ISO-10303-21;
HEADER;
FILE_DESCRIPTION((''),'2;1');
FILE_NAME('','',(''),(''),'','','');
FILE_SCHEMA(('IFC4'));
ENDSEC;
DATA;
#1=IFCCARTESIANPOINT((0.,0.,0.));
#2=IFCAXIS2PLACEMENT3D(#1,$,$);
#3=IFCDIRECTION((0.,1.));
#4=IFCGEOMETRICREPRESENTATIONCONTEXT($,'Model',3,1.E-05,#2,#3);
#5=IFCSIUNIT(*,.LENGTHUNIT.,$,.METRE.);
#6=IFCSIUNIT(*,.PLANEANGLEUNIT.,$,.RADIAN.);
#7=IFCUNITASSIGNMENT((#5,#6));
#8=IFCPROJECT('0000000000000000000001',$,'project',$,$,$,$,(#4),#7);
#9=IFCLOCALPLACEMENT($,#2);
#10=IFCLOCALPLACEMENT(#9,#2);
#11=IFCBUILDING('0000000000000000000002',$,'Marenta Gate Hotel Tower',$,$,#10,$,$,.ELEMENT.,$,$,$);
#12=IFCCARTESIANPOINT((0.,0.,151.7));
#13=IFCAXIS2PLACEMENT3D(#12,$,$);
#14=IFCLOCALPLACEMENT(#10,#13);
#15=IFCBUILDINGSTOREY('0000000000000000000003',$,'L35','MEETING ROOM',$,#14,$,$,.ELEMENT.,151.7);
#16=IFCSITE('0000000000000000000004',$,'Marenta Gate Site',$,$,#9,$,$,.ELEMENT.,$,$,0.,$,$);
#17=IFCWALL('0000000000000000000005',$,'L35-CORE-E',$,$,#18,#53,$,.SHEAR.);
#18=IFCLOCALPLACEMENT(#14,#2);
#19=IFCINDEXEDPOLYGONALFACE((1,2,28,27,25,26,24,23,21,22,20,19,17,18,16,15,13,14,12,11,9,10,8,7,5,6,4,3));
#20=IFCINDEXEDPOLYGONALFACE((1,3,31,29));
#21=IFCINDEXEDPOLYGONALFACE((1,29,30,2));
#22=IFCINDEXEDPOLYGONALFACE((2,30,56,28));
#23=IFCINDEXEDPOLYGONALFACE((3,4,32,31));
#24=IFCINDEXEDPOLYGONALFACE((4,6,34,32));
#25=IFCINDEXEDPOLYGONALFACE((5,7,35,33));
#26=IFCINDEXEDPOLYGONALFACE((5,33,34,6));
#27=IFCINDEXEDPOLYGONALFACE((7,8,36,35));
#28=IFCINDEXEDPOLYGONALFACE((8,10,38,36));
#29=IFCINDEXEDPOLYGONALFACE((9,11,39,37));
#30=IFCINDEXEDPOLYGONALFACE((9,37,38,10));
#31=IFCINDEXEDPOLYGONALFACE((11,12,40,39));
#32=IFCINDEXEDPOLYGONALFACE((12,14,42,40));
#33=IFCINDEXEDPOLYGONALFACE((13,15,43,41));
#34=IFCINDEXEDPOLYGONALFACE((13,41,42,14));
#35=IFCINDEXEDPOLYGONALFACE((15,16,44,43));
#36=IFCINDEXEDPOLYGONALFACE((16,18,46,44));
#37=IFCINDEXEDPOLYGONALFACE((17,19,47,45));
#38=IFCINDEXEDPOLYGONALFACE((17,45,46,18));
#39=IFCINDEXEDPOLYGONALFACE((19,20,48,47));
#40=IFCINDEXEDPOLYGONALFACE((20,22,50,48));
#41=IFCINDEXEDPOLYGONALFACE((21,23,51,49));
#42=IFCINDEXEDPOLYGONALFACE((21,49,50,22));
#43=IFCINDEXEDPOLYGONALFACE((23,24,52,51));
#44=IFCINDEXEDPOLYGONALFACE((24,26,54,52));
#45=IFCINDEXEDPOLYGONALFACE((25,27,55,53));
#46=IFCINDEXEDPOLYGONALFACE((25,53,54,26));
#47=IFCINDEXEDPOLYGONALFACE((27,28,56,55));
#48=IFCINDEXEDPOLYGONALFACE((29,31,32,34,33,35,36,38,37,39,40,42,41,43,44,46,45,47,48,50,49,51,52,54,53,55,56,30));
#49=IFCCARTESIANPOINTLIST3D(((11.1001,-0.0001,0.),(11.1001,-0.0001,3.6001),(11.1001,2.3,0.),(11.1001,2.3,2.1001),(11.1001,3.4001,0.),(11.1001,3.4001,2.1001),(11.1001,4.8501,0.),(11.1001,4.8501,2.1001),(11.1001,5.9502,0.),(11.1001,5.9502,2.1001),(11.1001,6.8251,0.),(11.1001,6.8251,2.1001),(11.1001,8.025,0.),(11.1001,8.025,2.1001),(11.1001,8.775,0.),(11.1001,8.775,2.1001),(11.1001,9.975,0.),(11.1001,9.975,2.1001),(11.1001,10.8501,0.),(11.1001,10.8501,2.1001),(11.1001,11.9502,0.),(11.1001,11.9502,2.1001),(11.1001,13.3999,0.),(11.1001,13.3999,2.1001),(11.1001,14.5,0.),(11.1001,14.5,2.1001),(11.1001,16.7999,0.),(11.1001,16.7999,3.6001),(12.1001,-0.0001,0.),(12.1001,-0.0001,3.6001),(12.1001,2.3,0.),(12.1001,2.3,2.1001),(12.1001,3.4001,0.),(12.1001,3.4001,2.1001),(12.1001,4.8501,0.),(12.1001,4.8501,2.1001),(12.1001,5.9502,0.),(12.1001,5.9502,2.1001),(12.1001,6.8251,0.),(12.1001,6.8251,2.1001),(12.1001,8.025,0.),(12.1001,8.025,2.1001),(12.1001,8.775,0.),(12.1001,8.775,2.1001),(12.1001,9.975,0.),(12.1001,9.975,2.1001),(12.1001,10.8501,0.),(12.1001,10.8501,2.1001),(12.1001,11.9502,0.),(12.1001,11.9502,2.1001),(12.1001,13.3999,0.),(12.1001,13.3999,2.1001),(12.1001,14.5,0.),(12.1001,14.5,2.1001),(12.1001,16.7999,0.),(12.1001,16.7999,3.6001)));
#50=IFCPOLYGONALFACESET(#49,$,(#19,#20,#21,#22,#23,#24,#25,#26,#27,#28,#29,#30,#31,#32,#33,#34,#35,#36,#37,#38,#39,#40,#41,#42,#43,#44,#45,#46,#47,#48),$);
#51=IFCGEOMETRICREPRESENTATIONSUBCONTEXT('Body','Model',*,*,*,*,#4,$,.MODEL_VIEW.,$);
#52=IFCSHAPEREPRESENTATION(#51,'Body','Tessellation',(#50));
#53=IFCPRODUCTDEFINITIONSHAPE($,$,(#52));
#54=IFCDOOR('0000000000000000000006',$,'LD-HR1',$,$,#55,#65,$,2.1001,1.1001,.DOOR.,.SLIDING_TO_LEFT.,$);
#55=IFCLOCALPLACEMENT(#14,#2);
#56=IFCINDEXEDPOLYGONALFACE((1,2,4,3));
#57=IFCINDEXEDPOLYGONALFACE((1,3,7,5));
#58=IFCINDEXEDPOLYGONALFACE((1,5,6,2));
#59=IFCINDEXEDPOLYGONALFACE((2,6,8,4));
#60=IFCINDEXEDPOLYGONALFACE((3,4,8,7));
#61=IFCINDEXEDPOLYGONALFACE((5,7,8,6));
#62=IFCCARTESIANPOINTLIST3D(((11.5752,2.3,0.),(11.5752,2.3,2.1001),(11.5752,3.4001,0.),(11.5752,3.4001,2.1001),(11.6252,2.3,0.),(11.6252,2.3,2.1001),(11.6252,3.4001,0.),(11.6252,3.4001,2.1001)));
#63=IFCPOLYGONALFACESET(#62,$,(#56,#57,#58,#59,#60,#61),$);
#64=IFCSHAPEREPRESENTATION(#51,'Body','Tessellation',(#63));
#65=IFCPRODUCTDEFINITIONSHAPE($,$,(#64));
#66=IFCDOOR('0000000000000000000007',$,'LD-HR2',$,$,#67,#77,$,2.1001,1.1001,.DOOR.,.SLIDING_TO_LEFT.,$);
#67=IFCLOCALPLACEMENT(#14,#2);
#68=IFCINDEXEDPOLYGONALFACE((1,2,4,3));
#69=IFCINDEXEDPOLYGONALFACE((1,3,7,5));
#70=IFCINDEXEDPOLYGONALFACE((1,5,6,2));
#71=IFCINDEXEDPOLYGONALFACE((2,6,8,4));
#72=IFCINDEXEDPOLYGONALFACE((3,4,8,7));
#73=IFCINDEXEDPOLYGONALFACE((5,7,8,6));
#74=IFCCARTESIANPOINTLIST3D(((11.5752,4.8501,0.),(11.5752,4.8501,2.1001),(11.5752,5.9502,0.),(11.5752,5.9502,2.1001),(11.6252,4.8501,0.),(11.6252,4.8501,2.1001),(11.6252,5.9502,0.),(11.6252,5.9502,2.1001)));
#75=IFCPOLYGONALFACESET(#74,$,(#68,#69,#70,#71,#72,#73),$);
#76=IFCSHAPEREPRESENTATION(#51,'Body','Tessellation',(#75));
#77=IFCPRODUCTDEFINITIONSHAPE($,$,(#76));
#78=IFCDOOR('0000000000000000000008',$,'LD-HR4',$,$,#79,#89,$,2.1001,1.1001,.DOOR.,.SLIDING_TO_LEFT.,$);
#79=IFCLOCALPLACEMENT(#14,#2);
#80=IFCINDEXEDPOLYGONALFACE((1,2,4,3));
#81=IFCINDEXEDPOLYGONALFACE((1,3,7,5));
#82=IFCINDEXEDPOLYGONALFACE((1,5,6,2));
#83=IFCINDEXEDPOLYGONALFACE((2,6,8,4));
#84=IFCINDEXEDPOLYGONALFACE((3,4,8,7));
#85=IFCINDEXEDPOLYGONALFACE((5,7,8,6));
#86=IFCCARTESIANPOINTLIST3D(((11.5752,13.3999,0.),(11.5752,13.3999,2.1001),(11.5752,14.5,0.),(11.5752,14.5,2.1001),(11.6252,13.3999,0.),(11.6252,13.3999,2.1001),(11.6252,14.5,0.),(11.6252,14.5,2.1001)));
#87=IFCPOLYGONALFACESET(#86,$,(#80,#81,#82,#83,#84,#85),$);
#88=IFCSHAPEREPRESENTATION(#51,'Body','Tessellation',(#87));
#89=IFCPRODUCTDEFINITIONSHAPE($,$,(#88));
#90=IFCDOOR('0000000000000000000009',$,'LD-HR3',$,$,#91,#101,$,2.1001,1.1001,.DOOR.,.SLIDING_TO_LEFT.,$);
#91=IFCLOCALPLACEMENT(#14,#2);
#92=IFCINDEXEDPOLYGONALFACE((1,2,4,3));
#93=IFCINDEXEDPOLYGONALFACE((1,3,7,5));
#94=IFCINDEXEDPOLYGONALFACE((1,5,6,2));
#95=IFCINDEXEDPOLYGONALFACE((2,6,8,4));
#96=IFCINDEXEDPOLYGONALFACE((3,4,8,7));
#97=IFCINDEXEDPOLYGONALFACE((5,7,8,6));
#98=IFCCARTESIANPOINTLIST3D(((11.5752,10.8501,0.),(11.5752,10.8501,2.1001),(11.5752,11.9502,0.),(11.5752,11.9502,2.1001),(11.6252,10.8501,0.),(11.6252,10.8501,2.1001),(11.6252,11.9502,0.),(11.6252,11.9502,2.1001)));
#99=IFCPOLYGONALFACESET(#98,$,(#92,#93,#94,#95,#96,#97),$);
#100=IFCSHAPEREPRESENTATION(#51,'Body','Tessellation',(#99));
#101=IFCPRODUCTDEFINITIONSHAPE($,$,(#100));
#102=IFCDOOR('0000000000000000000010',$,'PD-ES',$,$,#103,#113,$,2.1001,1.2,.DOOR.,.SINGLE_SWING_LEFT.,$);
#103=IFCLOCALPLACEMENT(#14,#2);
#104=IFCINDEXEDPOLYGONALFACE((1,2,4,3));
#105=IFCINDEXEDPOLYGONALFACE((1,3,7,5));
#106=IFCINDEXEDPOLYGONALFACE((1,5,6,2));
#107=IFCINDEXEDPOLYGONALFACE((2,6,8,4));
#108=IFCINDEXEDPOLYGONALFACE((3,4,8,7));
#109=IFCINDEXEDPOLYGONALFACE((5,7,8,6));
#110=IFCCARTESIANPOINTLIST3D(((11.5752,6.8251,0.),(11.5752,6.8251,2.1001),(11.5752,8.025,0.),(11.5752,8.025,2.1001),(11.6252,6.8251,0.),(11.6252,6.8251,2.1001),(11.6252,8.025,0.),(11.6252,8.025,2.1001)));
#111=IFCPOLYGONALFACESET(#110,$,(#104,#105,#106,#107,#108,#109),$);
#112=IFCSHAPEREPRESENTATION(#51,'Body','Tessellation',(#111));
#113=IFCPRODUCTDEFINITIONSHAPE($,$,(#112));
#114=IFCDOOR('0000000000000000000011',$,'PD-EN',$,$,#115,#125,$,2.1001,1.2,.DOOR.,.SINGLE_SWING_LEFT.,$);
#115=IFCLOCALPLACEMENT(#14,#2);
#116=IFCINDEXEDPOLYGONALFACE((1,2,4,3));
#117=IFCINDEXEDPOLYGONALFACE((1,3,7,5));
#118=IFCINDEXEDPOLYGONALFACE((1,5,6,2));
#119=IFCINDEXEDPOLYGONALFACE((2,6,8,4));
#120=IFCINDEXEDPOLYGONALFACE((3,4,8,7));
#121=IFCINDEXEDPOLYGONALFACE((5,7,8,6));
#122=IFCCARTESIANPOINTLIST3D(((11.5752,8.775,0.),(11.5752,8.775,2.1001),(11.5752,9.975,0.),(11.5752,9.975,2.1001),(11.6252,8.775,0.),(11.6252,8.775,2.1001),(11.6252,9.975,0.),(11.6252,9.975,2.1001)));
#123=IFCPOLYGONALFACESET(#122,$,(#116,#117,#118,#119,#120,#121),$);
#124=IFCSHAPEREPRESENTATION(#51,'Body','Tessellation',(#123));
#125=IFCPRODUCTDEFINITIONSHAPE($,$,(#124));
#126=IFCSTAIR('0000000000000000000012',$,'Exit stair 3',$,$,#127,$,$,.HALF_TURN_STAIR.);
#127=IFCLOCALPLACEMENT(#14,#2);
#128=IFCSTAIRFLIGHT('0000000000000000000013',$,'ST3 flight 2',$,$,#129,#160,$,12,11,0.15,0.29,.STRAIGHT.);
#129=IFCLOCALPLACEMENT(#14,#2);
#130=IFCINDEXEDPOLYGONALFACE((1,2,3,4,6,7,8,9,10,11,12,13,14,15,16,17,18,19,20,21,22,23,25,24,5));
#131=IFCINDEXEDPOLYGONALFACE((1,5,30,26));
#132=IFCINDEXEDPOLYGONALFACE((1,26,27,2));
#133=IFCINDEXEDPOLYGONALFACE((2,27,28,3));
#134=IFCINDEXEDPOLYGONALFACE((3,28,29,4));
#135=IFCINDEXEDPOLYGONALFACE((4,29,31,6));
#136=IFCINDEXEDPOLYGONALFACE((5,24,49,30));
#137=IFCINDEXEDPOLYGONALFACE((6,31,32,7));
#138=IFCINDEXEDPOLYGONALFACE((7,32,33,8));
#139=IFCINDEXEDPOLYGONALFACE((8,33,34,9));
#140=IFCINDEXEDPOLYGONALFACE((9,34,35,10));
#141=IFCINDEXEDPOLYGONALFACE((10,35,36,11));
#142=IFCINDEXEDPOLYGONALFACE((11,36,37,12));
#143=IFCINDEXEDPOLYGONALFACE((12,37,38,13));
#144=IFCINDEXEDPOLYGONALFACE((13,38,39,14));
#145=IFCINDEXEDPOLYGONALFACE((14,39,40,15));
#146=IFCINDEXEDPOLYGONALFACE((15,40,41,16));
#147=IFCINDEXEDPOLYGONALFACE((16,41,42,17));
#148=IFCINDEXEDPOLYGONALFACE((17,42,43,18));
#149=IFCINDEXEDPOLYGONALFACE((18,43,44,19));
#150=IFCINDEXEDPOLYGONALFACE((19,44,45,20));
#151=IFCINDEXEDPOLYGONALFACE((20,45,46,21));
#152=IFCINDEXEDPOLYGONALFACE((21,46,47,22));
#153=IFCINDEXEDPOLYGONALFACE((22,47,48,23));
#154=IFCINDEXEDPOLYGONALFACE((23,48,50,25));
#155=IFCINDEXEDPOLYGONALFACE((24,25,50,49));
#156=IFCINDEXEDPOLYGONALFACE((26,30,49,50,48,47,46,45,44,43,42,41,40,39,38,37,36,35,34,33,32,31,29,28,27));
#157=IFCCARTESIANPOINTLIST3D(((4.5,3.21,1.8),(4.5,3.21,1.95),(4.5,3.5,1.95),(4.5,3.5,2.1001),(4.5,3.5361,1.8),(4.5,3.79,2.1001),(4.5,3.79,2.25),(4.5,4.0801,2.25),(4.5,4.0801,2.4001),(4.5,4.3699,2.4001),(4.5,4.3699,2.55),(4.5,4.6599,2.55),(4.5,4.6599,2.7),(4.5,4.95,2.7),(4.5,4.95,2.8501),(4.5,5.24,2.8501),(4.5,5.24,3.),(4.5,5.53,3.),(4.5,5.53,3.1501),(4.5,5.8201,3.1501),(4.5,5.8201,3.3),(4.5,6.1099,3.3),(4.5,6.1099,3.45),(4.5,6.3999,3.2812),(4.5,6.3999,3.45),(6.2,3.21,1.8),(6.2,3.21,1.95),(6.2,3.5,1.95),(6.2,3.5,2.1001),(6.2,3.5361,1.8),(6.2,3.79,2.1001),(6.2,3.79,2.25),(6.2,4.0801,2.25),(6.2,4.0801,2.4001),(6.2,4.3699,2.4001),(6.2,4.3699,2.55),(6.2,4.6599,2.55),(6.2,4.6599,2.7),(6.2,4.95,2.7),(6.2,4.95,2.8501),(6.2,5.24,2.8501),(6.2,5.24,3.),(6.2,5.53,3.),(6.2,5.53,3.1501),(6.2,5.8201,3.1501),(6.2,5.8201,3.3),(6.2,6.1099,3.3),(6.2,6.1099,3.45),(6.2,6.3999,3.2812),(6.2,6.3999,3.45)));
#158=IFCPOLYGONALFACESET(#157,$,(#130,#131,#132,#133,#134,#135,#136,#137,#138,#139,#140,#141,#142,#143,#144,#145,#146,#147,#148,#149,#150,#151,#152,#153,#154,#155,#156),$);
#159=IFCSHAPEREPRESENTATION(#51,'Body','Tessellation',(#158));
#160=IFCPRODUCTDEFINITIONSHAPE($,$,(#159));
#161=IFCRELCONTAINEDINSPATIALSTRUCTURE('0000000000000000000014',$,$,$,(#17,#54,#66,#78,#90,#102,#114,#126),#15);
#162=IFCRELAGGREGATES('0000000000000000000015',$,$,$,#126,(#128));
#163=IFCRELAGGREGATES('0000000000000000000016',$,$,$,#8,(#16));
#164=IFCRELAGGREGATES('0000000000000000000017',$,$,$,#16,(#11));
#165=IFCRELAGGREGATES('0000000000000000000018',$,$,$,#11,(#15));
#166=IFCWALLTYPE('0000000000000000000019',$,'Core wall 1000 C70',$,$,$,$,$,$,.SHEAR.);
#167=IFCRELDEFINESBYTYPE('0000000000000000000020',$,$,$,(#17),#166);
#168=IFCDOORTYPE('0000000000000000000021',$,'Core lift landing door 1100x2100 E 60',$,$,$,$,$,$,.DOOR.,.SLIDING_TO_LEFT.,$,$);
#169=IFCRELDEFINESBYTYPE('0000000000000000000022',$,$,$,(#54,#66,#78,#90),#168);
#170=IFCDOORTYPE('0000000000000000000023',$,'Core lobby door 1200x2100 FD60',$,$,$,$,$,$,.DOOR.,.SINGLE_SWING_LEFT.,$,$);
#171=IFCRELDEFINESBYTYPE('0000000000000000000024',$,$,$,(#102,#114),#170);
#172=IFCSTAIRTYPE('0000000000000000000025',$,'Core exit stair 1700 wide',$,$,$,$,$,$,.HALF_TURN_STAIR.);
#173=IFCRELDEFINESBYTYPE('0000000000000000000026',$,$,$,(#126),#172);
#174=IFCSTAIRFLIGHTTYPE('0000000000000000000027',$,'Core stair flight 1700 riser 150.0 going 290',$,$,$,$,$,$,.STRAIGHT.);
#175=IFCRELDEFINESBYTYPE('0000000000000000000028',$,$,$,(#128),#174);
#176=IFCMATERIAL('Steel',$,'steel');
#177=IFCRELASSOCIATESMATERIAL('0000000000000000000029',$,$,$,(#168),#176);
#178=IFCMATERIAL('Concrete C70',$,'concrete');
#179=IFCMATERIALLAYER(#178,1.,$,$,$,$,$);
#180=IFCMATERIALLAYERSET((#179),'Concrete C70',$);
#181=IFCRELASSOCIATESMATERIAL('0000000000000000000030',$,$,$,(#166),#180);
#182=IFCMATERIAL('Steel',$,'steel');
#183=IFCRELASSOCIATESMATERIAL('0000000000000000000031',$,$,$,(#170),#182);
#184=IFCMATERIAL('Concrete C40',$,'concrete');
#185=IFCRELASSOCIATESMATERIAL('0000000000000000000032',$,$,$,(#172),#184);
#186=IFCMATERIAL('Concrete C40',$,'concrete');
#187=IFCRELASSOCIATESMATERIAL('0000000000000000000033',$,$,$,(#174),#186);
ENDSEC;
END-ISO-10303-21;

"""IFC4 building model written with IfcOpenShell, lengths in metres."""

from ifc_helpers import new_model, si_unit, direction, frame, frame_2d, origin, place, context, subcontext, project, spatial, polyline, rectangle, outline, extrude, material, layer, layer_set, type_object, element, fill, aggregate, save


model = new_model("IFC4")

# Units and contexts
model_context = context("Model", 3, precision=1e-05, world=origin(), true_north=direction((0.0, 1.0)))
body_context = subcontext(model_context, "Body", "Model", "MODEL_VIEW")
ifc_project = project(units=[si_unit("LENGTHUNIT", "METRE"), si_unit("PLANEANGLEUNIT", "RADIAN")], contexts=[model_context])

# Site, building, storey
site_placement = place(None, origin())
site = spatial("IfcSite", under=ifc_project, at=site_placement, Name="Marenta Gate Site", CompositionType="ELEMENT", RefElevation=0.0)
building_placement = place(site_placement, origin())
building = spatial("IfcBuilding", under=site, at=building_placement, Name="Marenta Gate Hotel Tower", CompositionType="ELEMENT")
storey_placement = place(building_placement, frame((0.0, 0.0, 151.7)))
storey = spatial("IfcBuildingStorey", under=building, at=storey_placement, Name="L35", Description="MEETING ROOM", CompositionType="ELEMENT", Elevation=151.7)

# Shared definitions
ifc_material_1 = material(Name="Steel", Category="steel")
door_type_1 = type_object("IfcDoorType", Name="Core lift landing door 1100x2100 E 60", OperationType="SLIDING_TO_LEFT", PredefinedType="DOOR", material=ifc_material_1)

# Wall, openings, doors
ifc_material_2 = material(Name="Concrete C70", Category="concrete")
ifc_layer_1 = layer(ifc_material_2, 1.0)
ifc_layer_set_1 = layer_set([ifc_layer_1], Name="Concrete C70")
wall_type_1 = type_object("IfcWallType", Name="Core wall 1000 C70", PredefinedType="SHEAR", material=ifc_layer_set_1)
wall_1_placement = place(storey_placement, frame((11.6001, 0.0, 0.0), z_axis=(0.0, 0.0, 1.0), x_axis=(0.0, 1.0, 0.0)))
wall_1 = element("IfcWall", 1, at=wall_1_placement, inside=storey, type_object=wall_type_1, Name="L35-CORE-E", PredefinedType="SHEAR", context=body_context, shape_type="SweptSolid", body=[
    extrude(rectangle(XDim=16.8, YDim=1.0, at=frame_2d((8.3999, 0.0))), origin(), (0.0, 0.0, 1.0), 3.6001),
])
opening_1_placement = place(wall_1_placement, frame((2.3, 0.0, 0.0)))
opening_1 = element("IfcOpeningElement", 2, at=opening_1_placement, cuts=wall_1, PredefinedType="OPENING", context=body_context, shape_type="SweptSolid", body=[
    extrude(rectangle(XDim=1.1001, YDim=2.1001, at=frame_2d((0.55, 1.05))), frame((0.0, 0.5, 0.0), z_axis=(0.0, -1.0, 0.0), x_axis=(1.0, 0.0, 0.0)), (0.0, 0.0, 1.0), 1.0),
])
opening_2_placement = place(wall_1_placement, frame((4.8501, 0.0, 0.0)))
opening_2 = element("IfcOpeningElement", 3, at=opening_2_placement, cuts=wall_1, PredefinedType="OPENING", context=body_context, shape_type="SweptSolid", body=[
    extrude(rectangle(XDim=1.1001, YDim=2.1001, at=frame_2d((0.55, 1.05))), frame((0.0, 0.5, 0.0), z_axis=(0.0, -1.0, 0.0), x_axis=(1.0, 0.0, 0.0)), (0.0, 0.0, 1.0), 1.0),
])
opening_3_placement = place(wall_1_placement, frame((6.825, 0.0, 0.0)))
opening_3 = element("IfcOpeningElement", 4, at=opening_3_placement, cuts=wall_1, PredefinedType="OPENING", context=body_context, shape_type="SweptSolid", body=[
    extrude(rectangle(XDim=1.2, YDim=2.1001, at=frame_2d((0.6001, 1.05))), frame((0.0, 0.5, 0.0), z_axis=(0.0, -1.0, 0.0), x_axis=(1.0, 0.0, 0.0)), (0.0, 0.0, 1.0), 1.0),
])
opening_4_placement = place(wall_1_placement, frame((13.3999, 0.0, 0.0)))
opening_4 = element("IfcOpeningElement", 5, at=opening_4_placement, cuts=wall_1, PredefinedType="OPENING", context=body_context, shape_type="SweptSolid", body=[
    extrude(rectangle(XDim=1.1001, YDim=2.1001, at=frame_2d((0.55, 1.05))), frame((0.0, 0.5, 0.0), z_axis=(0.0, -1.0, 0.0), x_axis=(1.0, 0.0, 0.0)), (0.0, 0.0, 1.0), 1.0),
])
opening_5_placement = place(wall_1_placement, frame((10.8501, 0.0, 0.0)))
opening_5 = element("IfcOpeningElement", 6, at=opening_5_placement, cuts=wall_1, PredefinedType="OPENING", context=body_context, shape_type="SweptSolid", body=[
    extrude(rectangle(XDim=1.1001, YDim=2.1001, at=frame_2d((0.55, 1.05))), frame((0.0, 0.5, 0.0), z_axis=(0.0, -1.0, 0.0), x_axis=(1.0, 0.0, 0.0)), (0.0, 0.0, 1.0), 1.0),
])
opening_6_placement = place(wall_1_placement, frame((8.7749, 0.0, 0.0)))
opening_6 = element("IfcOpeningElement", 7, at=opening_6_placement, cuts=wall_1, PredefinedType="OPENING", context=body_context, shape_type="SweptSolid", body=[
    extrude(rectangle(XDim=1.2, YDim=2.1001, at=frame_2d((0.6001, 1.05))), frame((0.0, 0.5, 0.0), z_axis=(0.0, -1.0, 0.0), x_axis=(1.0, 0.0, 0.0)), (0.0, 0.0, 1.0), 1.0),
])
door_1_placement = place(opening_1_placement, origin())
door_1 = element("IfcDoor", 8, at=door_1_placement, inside=storey, type_object=door_type_1, Name="LD-HR1", OperationType="SLIDING_TO_LEFT", OverallHeight=2.1001, OverallWidth=1.1001, PredefinedType="DOOR", context=body_context, shape_type="SweptSolid", body=[
    extrude(rectangle(XDim=1.1001, YDim=2.1001, at=frame_2d((0.55, 1.05))), frame((0.0, 0.0249, 0.0), z_axis=(0.0, -1.0, 0.0), x_axis=(1.0, 0.0, 0.0)), (0.0, 0.0, 1.0), 0.05),
])
fill(opening_1, door_1)
door_2_placement = place(opening_2_placement, origin())
door_2 = element("IfcDoor", 9, at=door_2_placement, inside=storey, type_object=door_type_1, Name="LD-HR2", OperationType="SLIDING_TO_LEFT", OverallHeight=2.1001, OverallWidth=1.1001, PredefinedType="DOOR", context=body_context, shape_type="SweptSolid", body=[
    extrude(rectangle(XDim=1.1001, YDim=2.1001, at=frame_2d((0.55, 1.05))), frame((0.0, 0.0249, 0.0), z_axis=(0.0, -1.0, 0.0), x_axis=(1.0, 0.0, 0.0)), (0.0, 0.0, 1.0), 0.05),
])
fill(opening_2, door_2)
door_3_placement = place(opening_4_placement, origin())
door_3 = element("IfcDoor", 10, at=door_3_placement, inside=storey, type_object=door_type_1, Name="LD-HR4", OperationType="SLIDING_TO_LEFT", OverallHeight=2.1001, OverallWidth=1.1001, PredefinedType="DOOR", context=body_context, shape_type="SweptSolid", body=[
    extrude(rectangle(XDim=1.1001, YDim=2.1001, at=frame_2d((0.55, 1.05))), frame((0.0, 0.0249, 0.0), z_axis=(0.0, -1.0, 0.0), x_axis=(1.0, 0.0, 0.0)), (0.0, 0.0, 1.0), 0.05),
])
fill(opening_4, door_3)
door_4_placement = place(opening_5_placement, origin())
door_4 = element("IfcDoor", 11, at=door_4_placement, inside=storey, type_object=door_type_1, Name="LD-HR3", OperationType="SLIDING_TO_LEFT", OverallHeight=2.1001, OverallWidth=1.1001, PredefinedType="DOOR", context=body_context, shape_type="SweptSolid", body=[
    extrude(rectangle(XDim=1.1001, YDim=2.1001, at=frame_2d((0.55, 1.05))), frame((0.0, 0.0249, 0.0), z_axis=(0.0, -1.0, 0.0), x_axis=(1.0, 0.0, 0.0)), (0.0, 0.0, 1.0), 0.05),
])
fill(opening_5, door_4)
ifc_material_3 = material(Name="Steel", Category="steel")
door_type_2 = type_object("IfcDoorType", Name="Core lobby door 1200x2100 FD60", OperationType="SINGLE_SWING_LEFT", PredefinedType="DOOR", material=ifc_material_3)
door_5_placement = place(opening_3_placement, origin())
door_5 = element("IfcDoor", 12, at=door_5_placement, inside=storey, type_object=door_type_2, Name="PD-ES", OperationType="SINGLE_SWING_LEFT", OverallHeight=2.1001, OverallWidth=1.2, PredefinedType="DOOR", context=body_context, shape_type="SweptSolid", body=[
    extrude(rectangle(XDim=1.2, YDim=2.1001, at=frame_2d((0.6001, 1.05))), frame((0.0, 0.0249, 0.0), z_axis=(0.0, -1.0, 0.0), x_axis=(1.0, 0.0, 0.0)), (0.0, 0.0, 1.0), 0.05),
])
fill(opening_3, door_5)
door_6_placement = place(opening_6_placement, origin())
door_6 = element("IfcDoor", 13, at=door_6_placement, inside=storey, type_object=door_type_2, Name="PD-EN", OperationType="SINGLE_SWING_LEFT", OverallHeight=2.1001, OverallWidth=1.2, PredefinedType="DOOR", context=body_context, shape_type="SweptSolid", body=[
    extrude(rectangle(XDim=1.2, YDim=2.1001, at=frame_2d((0.6001, 1.05))), frame((0.0, 0.0249, 0.0), z_axis=(0.0, -1.0, 0.0), x_axis=(1.0, 0.0, 0.0)), (0.0, 0.0, 1.0), 0.05),
])
fill(opening_6, door_6)

# Stair, stair flight
ifc_material_4 = material(Name="Concrete C40", Category="concrete")
stair_type_1 = type_object("IfcStairType", Name="Core exit stair 1700 wide", PredefinedType="HALF_TURN_STAIR", material=ifc_material_4)
stair_1_placement = place(storey_placement, origin())
stair_1 = element("IfcStair", 14, at=stair_1_placement, inside=storey, type_object=stair_type_1, Name="Exit stair 3", PredefinedType="HALF_TURN_STAIR")
ifc_material_5 = material(Name="Concrete C40", Category="concrete")
stair_flight_type = type_object("IfcStairFlightType", Name="Core stair flight 1700 riser 150.0 going 290", PredefinedType="STRAIGHT", material=ifc_material_5)
stair_flight_placement = place(storey_placement, frame((5.3501, 3.21, 1.8), z_axis=(0.0, 0.0, 1.0), x_axis=(0.0, 1.0, 0.0)))
stair_flight = element("IfcStairFlight", 15, at=stair_flight_placement, type_object=stair_flight_type, Name="ST3 flight 2", NumberOfRisers=12, NumberOfTreads=11, PredefinedType="STRAIGHT", RiserHeight=0.15, TreadLength=0.29, context=body_context, shape_type="SweptSolid", body=[
    extrude(outline(polyline([(0.0, 0.0), (0.0, 0.1499), (0.29, 0.1499), (0.29, 0.3), (0.5801, 0.3), (0.5801, 0.45), (0.8701, 0.45), (0.8701, 0.6001), (1.1599, 0.6001), (1.1599, 0.75), (1.45, 0.75), (1.45, 0.8999), (1.74, 0.8999), (1.74, 1.05), (2.03, 1.05), (2.03, 1.2), (2.3201, 1.2), (2.3201, 1.3501), (2.6101, 1.3501), (2.6101, 1.5), (2.8999, 1.5), (2.8999, 1.6499), (3.1899, 1.6499), (3.1899, 1.8), (3.1899, 1.4812), (0.3262, 0.0), (0.0, 0.0)])), frame((0.0, 0.8501, 0.0), z_axis=(0.0, -1.0, 0.0), x_axis=(1.0, 0.0, 0.0)), (0.0, 0.0, 1.0), 1.7),
])
aggregate(stair_1, [stair_flight])

save(model, "model.ifc")
